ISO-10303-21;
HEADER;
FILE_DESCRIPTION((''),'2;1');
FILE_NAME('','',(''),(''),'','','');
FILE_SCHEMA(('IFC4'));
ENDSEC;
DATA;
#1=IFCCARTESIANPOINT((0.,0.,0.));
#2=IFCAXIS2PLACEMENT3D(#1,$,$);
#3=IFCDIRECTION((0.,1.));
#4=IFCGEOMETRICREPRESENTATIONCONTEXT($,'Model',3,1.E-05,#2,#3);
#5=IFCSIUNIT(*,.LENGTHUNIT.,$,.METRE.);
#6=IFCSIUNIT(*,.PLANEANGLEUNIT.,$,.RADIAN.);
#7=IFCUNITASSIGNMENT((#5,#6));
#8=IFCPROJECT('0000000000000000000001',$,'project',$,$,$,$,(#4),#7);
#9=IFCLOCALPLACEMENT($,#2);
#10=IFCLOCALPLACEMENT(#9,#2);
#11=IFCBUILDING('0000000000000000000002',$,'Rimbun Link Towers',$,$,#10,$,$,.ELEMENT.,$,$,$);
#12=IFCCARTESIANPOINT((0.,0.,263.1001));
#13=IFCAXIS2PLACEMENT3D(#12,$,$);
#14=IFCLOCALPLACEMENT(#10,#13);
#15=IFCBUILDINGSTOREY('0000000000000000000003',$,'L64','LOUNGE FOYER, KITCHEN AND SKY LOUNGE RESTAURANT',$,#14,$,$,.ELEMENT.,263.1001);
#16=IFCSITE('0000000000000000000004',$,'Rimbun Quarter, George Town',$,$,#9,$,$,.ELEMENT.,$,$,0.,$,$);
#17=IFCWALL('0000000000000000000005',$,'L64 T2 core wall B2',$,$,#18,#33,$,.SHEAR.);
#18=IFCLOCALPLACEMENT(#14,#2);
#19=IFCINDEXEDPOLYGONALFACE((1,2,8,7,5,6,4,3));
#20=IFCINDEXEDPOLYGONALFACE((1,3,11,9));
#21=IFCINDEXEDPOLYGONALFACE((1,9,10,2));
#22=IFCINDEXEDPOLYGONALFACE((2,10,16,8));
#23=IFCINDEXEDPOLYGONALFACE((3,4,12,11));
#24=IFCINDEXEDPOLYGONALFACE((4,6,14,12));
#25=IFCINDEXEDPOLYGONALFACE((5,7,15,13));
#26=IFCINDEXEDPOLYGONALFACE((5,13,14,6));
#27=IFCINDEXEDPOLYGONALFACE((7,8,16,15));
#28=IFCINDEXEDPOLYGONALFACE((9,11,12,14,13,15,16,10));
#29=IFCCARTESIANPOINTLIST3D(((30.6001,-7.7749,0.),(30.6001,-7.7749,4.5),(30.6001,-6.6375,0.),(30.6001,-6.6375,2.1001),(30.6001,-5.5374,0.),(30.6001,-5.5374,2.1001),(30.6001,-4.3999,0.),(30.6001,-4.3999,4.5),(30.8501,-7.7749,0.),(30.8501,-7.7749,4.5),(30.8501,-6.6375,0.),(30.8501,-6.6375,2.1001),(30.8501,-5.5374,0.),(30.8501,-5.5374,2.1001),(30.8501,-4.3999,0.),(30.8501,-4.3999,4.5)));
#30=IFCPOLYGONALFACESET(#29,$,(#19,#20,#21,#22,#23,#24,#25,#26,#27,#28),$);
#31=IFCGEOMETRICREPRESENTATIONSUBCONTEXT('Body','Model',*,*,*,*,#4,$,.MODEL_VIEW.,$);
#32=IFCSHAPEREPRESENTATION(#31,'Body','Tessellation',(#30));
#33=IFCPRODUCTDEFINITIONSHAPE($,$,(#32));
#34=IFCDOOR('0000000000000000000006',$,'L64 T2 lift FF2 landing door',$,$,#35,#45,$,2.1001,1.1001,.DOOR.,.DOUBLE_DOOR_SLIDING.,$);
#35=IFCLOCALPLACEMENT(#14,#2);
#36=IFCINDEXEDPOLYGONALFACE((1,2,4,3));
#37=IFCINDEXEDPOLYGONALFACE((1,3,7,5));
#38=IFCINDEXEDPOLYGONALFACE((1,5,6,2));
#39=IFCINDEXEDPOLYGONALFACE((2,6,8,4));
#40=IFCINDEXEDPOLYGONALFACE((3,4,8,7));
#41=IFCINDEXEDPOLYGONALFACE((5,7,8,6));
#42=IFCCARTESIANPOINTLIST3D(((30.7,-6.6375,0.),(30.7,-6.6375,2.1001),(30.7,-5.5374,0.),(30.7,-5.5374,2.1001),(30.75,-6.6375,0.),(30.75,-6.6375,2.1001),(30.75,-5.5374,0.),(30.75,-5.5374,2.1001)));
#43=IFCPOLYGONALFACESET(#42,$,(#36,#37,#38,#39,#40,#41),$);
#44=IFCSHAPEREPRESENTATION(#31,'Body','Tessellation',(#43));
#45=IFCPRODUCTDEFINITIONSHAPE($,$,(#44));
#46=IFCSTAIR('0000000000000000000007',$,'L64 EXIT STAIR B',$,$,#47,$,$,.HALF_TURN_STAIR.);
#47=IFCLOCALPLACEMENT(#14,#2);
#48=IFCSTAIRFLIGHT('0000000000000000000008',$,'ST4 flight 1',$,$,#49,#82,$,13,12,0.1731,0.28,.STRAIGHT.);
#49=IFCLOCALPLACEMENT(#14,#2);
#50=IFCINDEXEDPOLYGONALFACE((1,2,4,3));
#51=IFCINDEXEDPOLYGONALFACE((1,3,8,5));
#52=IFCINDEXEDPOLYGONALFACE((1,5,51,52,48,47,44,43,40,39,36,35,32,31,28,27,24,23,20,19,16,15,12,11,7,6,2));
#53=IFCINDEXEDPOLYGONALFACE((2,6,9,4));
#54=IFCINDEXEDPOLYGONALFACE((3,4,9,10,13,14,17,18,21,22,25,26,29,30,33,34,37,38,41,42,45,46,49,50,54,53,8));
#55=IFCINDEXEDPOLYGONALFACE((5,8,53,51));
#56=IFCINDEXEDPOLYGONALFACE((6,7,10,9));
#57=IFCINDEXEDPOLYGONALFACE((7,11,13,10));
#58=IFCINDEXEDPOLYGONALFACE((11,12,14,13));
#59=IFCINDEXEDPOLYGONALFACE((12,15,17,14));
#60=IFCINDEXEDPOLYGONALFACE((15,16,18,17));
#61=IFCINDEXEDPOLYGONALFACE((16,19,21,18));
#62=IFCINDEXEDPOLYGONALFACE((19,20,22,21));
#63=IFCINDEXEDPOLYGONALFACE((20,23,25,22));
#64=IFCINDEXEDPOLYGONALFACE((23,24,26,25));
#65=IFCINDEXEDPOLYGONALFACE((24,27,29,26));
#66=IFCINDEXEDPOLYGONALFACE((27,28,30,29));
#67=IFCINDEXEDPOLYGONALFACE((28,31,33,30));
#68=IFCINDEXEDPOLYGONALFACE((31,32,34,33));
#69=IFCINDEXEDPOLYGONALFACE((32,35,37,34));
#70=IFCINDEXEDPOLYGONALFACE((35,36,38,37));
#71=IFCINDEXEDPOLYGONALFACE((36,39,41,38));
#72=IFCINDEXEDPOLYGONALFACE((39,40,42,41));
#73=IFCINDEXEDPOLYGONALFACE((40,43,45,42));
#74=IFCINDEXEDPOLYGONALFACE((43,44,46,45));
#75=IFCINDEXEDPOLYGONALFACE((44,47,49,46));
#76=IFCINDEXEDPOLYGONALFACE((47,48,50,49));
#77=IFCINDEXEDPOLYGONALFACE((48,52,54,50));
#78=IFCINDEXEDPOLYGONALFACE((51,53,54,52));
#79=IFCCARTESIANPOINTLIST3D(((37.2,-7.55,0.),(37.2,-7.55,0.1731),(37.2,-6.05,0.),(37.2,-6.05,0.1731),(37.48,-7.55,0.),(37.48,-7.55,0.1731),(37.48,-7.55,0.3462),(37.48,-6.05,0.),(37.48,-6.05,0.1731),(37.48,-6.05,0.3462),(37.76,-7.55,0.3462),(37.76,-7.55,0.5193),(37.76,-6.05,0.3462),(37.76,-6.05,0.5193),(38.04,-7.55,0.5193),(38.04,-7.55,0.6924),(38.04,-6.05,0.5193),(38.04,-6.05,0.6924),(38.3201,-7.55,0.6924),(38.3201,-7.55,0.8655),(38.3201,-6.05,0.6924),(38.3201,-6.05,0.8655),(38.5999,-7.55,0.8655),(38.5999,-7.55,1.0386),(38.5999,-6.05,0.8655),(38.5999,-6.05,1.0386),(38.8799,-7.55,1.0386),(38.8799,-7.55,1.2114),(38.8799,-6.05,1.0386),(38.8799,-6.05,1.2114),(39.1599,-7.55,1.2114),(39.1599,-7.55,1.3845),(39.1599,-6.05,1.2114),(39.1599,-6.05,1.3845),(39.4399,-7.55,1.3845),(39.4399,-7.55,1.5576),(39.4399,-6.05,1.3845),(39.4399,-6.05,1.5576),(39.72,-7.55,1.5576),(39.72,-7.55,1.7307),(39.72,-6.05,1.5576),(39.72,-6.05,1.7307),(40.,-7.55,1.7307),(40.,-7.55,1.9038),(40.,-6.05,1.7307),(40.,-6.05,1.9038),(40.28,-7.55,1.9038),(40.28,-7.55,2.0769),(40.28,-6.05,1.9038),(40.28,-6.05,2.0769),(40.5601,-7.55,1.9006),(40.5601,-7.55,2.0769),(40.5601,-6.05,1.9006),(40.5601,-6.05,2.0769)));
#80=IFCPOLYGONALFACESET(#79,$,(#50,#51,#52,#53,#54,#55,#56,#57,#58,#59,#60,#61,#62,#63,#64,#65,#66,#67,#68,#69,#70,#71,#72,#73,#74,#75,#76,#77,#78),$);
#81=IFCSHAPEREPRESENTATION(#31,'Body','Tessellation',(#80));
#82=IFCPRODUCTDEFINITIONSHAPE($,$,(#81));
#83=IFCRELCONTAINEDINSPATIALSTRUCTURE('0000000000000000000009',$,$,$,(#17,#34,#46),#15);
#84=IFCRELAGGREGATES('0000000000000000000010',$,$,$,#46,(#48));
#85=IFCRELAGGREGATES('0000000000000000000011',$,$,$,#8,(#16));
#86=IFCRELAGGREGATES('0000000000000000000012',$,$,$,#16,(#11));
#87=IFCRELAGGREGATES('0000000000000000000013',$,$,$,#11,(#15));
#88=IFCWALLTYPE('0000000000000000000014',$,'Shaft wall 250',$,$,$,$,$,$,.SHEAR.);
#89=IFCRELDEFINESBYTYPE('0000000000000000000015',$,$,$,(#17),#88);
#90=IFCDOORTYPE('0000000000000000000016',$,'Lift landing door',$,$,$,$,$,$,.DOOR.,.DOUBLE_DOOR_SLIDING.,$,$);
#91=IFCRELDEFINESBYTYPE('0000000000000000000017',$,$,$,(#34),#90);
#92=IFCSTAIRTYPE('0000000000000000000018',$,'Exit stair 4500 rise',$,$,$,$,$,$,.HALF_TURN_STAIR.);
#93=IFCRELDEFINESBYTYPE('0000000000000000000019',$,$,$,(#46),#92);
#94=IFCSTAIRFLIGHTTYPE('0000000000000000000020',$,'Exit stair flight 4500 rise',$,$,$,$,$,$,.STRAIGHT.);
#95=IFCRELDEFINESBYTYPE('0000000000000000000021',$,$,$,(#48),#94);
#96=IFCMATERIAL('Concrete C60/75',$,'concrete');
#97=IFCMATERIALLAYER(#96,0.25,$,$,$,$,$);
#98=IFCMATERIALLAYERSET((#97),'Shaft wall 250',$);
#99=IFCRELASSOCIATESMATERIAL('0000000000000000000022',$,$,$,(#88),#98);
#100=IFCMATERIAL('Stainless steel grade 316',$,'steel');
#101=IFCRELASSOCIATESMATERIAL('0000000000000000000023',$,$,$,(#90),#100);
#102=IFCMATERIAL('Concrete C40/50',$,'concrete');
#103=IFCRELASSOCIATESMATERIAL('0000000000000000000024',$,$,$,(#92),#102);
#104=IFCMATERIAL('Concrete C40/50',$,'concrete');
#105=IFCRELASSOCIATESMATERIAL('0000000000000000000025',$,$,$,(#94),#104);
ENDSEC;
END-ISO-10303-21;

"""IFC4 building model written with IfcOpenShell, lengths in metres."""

from ifc_helpers import new_model, si_unit, direction, frame, frame_2d, origin, place, context, subcontext, project, spatial, polyline, rectangle, outline, extrude, material, layer, layer_set, type_object, element, fill, aggregate, save


model = new_model("IFC4")

# Units and contexts
model_context = context("Model", 3, precision=1e-05, world=origin(), true_north=direction((0.0, 1.0)))
body_context = subcontext(model_context, "Body", "Model", "MODEL_VIEW")
ifc_project = project(units=[si_unit("LENGTHUNIT", "METRE"), si_unit("PLANEANGLEUNIT", "RADIAN")], contexts=[model_context])

# Site, building, storey
site_placement = place(None, origin())
site = spatial("IfcSite", under=ifc_project, at=site_placement, Name="Rimbun Quarter, George Town", CompositionType="ELEMENT", RefElevation=0.0)
building_placement = place(site_placement, origin())
building = spatial("IfcBuilding", under=site, at=building_placement, Name="Rimbun Link Towers", CompositionType="ELEMENT")
storey_placement = place(building_placement, frame((0.0, 0.0, 263.1001)))
storey = spatial("IfcBuildingStorey", under=building, at=storey_placement, Name="L64", Description="LOUNGE FOYER, KITCHEN AND SKY LOUNGE RESTAURANT", CompositionType="ELEMENT", Elevation=263.1001)

# Shared definitions
ifc_material_1 = material(Name="Concrete C60/75", Category="concrete")
ifc_layer_1 = layer(ifc_material_1, 0.25)
ifc_layer_set_1 = layer_set([ifc_layer_1], Name="Shaft wall 250")
wall_type_1 = type_object("IfcWallType", Name="Shaft wall 250", PredefinedType="SHEAR", material=ifc_layer_set_1)

# Wall, opening, door
wall_1_placement = place(storey_placement, frame((30.7251, -4.3999, 0.0), z_axis=(0.0, 0.0, 1.0), x_axis=(0.0, -1.0, 0.0)))
wall_1 = element("IfcWall", 1, at=wall_1_placement, inside=storey, type_object=wall_type_1, Name="L64 T2 core wall B2", PredefinedType="SHEAR", context=body_context, shape_type="SweptSolid", body=[
    extrude(rectangle(XDim=3.375, YDim=0.25, at=frame_2d((1.6875, 0.0))), origin(), (0.0, 0.0, 1.0), 4.5),
])
opening_1_placement = place(wall_1_placement, frame((1.1375, 0.0, 0.0)))
opening_1 = element("IfcOpeningElement", 2, at=opening_1_placement, cuts=wall_1, PredefinedType="OPENING", context=body_context, shape_type="SweptSolid", body=[
    extrude(rectangle(XDim=1.1001, YDim=2.1001, at=frame_2d((0.55, 1.05))), frame((0.0, 0.135, 0.0), z_axis=(0.0, -1.0, 0.0), x_axis=(1.0, 0.0, 0.0)), (0.0, 0.0, 1.0), 0.27),
])
ifc_material_2 = material(Name="Stainless steel grade 316", Category="steel")
door_type_1 = type_object("IfcDoorType", Name="Lift landing door", OperationType="DOUBLE_DOOR_SLIDING", PredefinedType="DOOR", material=ifc_material_2)
door_1_placement = place(opening_1_placement, origin())
door_1 = element("IfcDoor", 3, at=door_1_placement, inside=storey, type_object=door_type_1, Name="L64 T2 lift FF2 landing door", OperationType="DOUBLE_DOOR_SLIDING", OverallHeight=2.1001, OverallWidth=1.1001, PredefinedType="DOOR", context=body_context, shape_type="SweptSolid", body=[
    extrude(rectangle(XDim=1.1001, YDim=2.1001, at=frame_2d((0.55, 1.05))), frame((0.0, 0.0249, 0.0), z_axis=(0.0, -1.0, 0.0), x_axis=(1.0, 0.0, 0.0)), (0.0, 0.0, 1.0), 0.05),
])
fill(opening_1, door_1)

# Stair, stair flight
ifc_material_3 = material(Name="Concrete C40/50", Category="concrete")
stair_type = type_object("IfcStairType", Name="Exit stair 4500 rise", PredefinedType="HALF_TURN_STAIR", material=ifc_material_3)
stair_placement = place(storey_placement, origin())
stair = element("IfcStair", 4, at=stair_placement, inside=storey, type_object=stair_type, Name="L64 EXIT STAIR B", PredefinedType="HALF_TURN_STAIR")
ifc_material_4 = material(Name="Concrete C40/50", Category="concrete")
stair_flight_type = type_object("IfcStairFlightType", Name="Exit stair flight 4500 rise", PredefinedType="STRAIGHT", material=ifc_material_4)
stair_flight_placement = place(storey_placement, frame((37.2, -6.8, 0.0), z_axis=(0.0, 0.0, 1.0), x_axis=(1.0, 0.0, 0.0)))
stair_flight = element("IfcStairFlight", 5, at=stair_flight_placement, type_object=stair_flight_type, Name="ST4 flight 1", NumberOfRisers=13, NumberOfTreads=12, PredefinedType="STRAIGHT", RiserHeight=0.1731, TreadLength=0.28, context=body_context, shape_type="SweptSolid", body=[
    extrude(outline(polyline([(0.0, 0.0), (0.0, 0.1731), (0.28, 0.1731), (0.28, 0.3462), (0.5601, 0.3462), (0.5601, 0.5193), (0.8401, 0.5193), (0.8401, 0.6924), (1.1201, 0.6924), (1.1201, 0.8655), (1.3999, 0.8655), (1.3999, 1.0386), (1.6799, 1.0386), (1.6799, 1.2114), (1.96, 1.2114), (1.96, 1.3845), (2.24, 1.3845), (2.24, 1.5576), (2.52, 1.5576), (2.52, 1.7307), (2.8, 1.7307), (2.8, 1.9038), (3.0801, 1.9038), (3.0801, 2.0769), (3.3601, 2.0769), (3.3601, 2.25), (3.3601, 1.9006), (0.28, 0.0), (0.0, 0.0)])), frame((0.0, 0.75, 0.0), z_axis=(0.0, -1.0, 0.0), x_axis=(1.0, 0.0, 0.0)), (0.0, 0.0, 1.0), 1.5),
])
aggregate(stair, [stair_flight])

save(model, "model.ifc")
